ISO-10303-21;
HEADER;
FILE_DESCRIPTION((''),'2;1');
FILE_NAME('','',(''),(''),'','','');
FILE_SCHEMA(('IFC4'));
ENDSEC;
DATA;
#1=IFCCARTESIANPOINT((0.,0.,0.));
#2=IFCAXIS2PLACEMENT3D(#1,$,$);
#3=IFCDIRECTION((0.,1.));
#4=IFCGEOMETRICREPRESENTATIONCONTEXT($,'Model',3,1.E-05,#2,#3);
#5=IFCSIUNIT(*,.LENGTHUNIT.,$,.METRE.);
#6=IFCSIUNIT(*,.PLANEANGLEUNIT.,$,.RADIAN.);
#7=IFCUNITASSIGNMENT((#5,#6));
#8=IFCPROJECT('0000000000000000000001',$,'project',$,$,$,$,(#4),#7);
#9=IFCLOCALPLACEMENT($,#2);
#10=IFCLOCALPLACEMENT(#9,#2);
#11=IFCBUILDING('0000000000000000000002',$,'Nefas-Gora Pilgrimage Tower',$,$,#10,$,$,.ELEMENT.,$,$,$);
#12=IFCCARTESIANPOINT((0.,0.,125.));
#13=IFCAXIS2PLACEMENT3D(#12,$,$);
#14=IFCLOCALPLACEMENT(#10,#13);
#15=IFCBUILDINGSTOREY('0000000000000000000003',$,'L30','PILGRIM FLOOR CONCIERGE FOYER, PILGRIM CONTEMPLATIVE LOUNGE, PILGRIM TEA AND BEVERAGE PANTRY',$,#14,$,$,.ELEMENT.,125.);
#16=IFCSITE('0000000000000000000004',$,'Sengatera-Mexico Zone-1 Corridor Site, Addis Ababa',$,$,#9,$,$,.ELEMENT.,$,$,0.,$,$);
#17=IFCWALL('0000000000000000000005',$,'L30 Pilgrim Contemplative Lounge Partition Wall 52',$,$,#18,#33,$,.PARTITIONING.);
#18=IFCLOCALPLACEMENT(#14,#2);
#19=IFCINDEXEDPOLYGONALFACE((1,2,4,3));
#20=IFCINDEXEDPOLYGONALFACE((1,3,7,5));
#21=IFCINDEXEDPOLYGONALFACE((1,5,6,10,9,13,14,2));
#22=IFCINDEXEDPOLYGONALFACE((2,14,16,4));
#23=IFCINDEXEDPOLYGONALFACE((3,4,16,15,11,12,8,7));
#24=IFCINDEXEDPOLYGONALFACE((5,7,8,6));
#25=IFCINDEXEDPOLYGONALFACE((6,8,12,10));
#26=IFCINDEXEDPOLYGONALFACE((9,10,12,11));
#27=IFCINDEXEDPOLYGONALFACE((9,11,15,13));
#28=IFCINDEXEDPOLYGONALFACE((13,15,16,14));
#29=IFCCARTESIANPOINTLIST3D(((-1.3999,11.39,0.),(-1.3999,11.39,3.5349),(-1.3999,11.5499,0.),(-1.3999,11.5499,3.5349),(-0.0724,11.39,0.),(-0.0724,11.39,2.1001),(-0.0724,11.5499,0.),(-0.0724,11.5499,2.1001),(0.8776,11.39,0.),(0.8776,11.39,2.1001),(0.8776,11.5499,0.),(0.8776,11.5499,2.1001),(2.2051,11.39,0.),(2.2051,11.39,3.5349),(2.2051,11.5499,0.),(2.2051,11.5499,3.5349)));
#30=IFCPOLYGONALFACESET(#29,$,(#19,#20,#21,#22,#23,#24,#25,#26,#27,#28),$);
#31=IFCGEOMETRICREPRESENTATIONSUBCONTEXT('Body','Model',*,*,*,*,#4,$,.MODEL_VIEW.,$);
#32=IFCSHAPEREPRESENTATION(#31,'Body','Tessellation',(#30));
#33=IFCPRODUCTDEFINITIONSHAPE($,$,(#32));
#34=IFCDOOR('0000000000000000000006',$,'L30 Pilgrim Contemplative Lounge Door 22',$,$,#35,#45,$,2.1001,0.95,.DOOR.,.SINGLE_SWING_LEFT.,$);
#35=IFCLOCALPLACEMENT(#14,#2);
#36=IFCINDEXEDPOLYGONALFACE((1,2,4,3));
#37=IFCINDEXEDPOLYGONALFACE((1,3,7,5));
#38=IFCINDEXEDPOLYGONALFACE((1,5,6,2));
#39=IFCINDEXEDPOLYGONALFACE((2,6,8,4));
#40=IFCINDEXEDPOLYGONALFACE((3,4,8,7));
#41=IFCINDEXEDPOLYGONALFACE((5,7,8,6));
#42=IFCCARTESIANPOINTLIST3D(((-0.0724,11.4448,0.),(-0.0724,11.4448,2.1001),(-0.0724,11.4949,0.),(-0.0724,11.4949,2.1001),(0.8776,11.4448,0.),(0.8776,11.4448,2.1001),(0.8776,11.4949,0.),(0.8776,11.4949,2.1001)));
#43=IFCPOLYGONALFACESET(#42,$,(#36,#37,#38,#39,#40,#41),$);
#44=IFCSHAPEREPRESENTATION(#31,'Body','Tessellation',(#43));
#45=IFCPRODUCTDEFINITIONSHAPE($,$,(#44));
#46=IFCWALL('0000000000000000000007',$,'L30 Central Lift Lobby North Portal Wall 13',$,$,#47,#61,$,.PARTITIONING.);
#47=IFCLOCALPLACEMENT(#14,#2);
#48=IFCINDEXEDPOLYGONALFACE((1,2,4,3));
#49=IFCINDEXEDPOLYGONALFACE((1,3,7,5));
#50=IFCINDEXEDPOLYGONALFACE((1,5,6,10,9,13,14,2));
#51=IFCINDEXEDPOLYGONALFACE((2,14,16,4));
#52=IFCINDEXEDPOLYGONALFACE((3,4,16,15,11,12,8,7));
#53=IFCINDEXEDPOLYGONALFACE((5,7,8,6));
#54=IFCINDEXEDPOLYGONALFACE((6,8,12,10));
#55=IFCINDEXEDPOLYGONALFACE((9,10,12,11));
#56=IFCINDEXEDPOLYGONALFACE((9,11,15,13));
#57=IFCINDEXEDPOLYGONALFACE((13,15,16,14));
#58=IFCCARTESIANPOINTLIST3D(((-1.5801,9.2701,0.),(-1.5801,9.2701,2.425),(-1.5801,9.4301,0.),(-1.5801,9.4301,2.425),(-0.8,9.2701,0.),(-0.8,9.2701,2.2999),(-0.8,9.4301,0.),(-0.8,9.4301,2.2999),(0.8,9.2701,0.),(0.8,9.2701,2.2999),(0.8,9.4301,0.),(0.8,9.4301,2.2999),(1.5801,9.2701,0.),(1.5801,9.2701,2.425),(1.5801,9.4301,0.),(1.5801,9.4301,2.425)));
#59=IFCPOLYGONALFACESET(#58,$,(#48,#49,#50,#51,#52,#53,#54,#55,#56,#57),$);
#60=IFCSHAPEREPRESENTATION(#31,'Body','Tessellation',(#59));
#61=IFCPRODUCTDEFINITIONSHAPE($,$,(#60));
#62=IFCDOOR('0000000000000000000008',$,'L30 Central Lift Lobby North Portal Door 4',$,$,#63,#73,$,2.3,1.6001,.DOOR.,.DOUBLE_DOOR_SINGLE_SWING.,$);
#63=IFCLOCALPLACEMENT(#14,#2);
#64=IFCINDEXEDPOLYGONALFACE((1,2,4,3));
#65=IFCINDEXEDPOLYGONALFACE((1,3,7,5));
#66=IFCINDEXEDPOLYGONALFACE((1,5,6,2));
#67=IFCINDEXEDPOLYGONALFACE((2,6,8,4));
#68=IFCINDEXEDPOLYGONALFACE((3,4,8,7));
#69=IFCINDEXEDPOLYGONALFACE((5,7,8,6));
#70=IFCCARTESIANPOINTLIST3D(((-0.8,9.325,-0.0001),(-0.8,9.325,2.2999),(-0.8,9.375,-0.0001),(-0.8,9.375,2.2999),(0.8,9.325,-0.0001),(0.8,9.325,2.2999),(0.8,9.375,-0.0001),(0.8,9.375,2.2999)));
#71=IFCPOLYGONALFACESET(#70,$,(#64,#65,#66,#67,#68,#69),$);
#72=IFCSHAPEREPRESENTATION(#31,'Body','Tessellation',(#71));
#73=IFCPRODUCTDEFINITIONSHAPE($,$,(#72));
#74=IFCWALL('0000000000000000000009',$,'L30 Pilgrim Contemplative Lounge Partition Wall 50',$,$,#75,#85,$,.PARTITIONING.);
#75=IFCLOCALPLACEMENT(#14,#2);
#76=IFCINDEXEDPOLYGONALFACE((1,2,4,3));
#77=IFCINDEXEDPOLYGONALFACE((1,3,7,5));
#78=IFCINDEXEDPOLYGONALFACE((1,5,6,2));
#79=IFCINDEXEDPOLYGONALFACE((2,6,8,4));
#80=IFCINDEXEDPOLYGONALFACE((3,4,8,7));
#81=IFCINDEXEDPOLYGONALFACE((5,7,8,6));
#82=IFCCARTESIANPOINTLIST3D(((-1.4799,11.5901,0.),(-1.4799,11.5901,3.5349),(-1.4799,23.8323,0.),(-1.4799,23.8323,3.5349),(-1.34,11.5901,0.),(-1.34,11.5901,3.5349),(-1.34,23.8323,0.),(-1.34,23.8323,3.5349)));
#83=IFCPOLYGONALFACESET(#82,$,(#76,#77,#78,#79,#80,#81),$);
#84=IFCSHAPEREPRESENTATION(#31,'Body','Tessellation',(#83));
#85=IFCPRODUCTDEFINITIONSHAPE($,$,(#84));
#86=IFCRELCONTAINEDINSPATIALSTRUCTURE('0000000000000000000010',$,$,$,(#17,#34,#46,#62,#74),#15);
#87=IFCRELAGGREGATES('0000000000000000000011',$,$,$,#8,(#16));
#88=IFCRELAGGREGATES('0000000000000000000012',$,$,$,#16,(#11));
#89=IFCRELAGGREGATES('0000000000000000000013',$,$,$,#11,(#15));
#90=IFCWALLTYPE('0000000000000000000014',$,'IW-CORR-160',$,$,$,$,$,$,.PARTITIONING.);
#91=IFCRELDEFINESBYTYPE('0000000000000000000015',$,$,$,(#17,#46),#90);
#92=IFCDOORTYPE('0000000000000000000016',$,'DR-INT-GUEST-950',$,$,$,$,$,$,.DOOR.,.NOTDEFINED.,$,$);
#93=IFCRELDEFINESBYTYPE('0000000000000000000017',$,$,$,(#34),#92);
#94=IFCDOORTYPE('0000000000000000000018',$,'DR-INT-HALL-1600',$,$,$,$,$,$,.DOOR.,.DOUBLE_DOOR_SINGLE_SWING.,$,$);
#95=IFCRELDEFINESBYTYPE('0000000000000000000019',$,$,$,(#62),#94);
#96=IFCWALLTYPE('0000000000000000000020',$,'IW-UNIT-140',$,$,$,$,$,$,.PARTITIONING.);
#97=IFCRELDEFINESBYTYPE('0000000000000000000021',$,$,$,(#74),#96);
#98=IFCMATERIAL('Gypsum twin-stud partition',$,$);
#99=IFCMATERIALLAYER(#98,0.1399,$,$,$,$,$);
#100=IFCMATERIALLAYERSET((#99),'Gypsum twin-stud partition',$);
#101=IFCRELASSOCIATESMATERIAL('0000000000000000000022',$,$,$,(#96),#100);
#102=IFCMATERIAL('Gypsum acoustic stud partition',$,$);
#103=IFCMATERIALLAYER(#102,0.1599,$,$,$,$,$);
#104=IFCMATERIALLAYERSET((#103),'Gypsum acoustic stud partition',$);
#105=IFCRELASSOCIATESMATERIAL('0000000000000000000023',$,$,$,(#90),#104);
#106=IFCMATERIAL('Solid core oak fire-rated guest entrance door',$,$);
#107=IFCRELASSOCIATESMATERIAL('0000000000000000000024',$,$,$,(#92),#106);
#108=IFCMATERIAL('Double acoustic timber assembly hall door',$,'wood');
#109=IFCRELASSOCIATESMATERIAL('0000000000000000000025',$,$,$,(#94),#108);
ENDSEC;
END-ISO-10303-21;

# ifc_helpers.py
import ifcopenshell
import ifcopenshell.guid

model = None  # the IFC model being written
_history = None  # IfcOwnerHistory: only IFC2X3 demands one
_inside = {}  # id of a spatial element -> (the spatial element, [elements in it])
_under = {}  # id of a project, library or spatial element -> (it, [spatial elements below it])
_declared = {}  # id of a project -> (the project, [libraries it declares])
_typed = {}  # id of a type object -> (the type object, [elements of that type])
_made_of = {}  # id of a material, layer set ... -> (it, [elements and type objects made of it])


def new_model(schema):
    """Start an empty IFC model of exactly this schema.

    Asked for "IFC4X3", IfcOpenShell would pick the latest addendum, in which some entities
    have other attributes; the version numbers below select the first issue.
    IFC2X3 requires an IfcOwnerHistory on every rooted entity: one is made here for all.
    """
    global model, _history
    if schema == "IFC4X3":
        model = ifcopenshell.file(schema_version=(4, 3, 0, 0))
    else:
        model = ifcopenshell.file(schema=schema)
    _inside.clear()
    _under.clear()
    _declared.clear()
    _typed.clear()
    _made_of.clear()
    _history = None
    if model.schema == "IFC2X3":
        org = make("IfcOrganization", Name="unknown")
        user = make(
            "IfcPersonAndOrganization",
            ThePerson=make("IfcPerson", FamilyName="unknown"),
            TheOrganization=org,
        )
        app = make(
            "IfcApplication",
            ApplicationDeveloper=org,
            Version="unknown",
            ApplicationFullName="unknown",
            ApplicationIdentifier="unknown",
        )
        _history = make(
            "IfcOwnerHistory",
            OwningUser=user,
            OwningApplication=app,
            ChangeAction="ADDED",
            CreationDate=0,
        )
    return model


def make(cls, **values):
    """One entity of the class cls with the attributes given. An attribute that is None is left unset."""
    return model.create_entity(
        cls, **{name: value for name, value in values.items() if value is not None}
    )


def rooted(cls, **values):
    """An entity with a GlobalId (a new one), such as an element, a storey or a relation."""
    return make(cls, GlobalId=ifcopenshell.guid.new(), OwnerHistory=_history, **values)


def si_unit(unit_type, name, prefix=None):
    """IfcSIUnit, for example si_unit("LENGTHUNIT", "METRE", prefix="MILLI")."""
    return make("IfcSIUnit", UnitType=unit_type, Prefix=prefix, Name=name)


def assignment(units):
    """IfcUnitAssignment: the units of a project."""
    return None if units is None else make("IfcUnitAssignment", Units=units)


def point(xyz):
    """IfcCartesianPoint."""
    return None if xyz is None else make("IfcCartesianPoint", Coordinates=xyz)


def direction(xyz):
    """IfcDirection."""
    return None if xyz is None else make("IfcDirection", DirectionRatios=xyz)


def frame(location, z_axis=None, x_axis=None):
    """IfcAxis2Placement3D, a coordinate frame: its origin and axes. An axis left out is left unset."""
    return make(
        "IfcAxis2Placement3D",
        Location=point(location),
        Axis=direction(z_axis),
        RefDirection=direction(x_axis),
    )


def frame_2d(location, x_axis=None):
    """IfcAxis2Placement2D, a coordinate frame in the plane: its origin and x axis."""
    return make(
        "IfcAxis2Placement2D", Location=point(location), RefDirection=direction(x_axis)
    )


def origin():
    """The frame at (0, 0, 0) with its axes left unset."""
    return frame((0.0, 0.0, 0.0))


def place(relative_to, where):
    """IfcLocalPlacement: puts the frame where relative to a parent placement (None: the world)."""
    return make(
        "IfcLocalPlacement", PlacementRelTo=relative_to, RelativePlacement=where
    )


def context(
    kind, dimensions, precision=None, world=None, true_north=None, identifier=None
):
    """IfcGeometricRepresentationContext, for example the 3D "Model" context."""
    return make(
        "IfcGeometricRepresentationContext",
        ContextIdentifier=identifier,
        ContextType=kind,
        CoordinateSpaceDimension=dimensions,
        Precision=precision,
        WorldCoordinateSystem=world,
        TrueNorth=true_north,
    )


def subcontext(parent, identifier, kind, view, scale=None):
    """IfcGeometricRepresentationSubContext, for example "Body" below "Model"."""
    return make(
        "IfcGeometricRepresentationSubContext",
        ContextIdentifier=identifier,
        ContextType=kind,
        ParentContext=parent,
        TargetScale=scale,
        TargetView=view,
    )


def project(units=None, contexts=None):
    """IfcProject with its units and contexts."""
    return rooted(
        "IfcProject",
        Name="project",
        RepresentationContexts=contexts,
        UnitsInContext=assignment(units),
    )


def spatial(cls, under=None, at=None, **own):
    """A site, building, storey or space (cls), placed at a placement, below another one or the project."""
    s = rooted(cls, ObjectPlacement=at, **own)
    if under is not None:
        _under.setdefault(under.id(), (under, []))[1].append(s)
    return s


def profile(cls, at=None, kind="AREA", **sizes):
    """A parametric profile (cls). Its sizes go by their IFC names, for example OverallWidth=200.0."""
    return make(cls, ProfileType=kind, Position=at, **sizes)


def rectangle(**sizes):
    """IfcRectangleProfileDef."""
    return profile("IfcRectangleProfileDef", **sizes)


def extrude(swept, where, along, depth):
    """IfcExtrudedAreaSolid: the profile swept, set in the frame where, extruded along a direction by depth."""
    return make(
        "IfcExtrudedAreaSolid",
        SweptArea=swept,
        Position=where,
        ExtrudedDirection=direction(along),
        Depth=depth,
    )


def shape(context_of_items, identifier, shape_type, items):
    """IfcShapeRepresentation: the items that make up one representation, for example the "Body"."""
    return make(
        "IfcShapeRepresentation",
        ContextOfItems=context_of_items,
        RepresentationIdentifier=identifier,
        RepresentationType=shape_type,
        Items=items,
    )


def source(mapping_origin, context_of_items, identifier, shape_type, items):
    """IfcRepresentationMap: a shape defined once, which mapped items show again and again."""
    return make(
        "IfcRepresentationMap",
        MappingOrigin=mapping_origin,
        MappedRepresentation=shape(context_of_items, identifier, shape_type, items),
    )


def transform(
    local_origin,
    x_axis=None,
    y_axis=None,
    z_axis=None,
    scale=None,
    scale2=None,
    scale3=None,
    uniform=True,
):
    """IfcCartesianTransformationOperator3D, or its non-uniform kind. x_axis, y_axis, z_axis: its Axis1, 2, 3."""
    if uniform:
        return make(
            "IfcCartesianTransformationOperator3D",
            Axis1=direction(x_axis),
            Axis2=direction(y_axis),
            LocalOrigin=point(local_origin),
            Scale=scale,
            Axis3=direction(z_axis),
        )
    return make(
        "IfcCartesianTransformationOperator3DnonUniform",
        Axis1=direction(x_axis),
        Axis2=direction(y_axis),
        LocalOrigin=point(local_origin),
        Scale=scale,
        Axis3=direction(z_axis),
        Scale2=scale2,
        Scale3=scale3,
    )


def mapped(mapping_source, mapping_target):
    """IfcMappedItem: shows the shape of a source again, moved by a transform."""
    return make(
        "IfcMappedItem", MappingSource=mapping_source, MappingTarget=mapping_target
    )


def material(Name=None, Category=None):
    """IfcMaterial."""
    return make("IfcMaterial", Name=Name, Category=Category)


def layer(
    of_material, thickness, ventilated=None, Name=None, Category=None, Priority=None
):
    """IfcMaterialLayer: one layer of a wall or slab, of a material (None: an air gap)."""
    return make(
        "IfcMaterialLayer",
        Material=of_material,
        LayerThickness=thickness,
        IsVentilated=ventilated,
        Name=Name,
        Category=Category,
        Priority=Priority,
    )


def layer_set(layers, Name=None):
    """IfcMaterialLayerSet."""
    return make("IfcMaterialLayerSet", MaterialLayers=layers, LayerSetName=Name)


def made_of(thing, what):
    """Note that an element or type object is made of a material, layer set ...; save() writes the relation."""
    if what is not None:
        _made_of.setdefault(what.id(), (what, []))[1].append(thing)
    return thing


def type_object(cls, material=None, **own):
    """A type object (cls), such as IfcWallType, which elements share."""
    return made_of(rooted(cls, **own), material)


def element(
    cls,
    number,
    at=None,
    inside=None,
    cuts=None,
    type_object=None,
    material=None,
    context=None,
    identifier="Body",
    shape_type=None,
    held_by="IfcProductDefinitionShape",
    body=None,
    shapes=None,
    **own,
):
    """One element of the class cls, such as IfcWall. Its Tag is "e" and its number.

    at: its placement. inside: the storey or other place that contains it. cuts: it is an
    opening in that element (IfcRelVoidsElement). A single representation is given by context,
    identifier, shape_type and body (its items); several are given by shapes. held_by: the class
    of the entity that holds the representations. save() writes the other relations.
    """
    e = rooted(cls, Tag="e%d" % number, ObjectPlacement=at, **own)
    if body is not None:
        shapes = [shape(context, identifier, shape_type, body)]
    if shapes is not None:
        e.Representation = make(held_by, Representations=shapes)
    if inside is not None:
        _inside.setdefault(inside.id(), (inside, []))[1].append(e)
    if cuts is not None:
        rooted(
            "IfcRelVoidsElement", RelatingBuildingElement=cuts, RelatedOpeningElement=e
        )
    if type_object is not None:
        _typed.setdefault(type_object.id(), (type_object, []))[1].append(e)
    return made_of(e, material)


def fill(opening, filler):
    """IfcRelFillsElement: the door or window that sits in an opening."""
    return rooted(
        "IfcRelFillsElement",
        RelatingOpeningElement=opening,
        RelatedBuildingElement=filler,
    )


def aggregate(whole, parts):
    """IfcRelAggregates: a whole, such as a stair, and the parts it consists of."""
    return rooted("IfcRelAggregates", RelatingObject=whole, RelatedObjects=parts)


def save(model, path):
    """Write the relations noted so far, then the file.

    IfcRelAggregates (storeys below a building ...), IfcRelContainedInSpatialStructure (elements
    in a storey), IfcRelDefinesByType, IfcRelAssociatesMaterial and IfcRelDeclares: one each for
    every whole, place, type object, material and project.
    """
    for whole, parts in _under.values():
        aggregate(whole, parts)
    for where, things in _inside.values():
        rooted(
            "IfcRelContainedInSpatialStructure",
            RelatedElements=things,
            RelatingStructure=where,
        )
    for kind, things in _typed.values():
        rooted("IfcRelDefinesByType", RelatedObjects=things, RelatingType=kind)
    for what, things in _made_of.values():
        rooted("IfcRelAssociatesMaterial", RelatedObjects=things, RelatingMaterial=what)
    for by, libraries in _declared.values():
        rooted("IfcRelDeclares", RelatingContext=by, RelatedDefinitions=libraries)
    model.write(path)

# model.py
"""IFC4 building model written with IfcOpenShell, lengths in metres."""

from ifc_helpers import new_model, si_unit, direction, frame, frame_2d, origin, place, context, subcontext, project, spatial, rectangle, extrude, source, transform, mapped, material, layer, layer_set, type_object, element, fill, save


model = new_model("IFC4")

# Units and contexts
model_context = context("Model", 3, precision=1e-05, world=origin(), true_north=direction((0.0, 1.0)))
body_context = subcontext(model_context, "Body", "Model", "MODEL_VIEW")
ifc_project = project(units=[si_unit("LENGTHUNIT", "METRE"), si_unit("PLANEANGLEUNIT", "RADIAN")], contexts=[model_context])

# Site, building, storey
site_placement = place(None, origin())
site = spatial("IfcSite", under=ifc_project, at=site_placement, Name="Sengatera-Mexico Zone-1 Corridor Site, Addis Ababa", CompositionType="ELEMENT", RefElevation=0.0)
building_placement = place(site_placement, origin())
building = spatial("IfcBuilding", under=site, at=building_placement, Name="Nefas-Gora Pilgrimage Tower", CompositionType="ELEMENT")
storey_placement = place(building_placement, frame((0.0, 0.0, 125.0)))
storey = spatial("IfcBuildingStorey", under=building, at=storey_placement, Name="L30", Description="PILGRIM FLOOR CONCIERGE FOYER, PILGRIM CONTEMPLATIVE LOUNGE, PILGRIM TEA AND BEVERAGE PANTRY", CompositionType="ELEMENT", Elevation=125.0)

# Shared definitions
ifc_material_1 = material(Name="Gypsum twin-stud partition")
ifc_layer_1 = layer(ifc_material_1, 0.1399)
ifc_layer_set_1 = layer_set([ifc_layer_1], Name="Gypsum twin-stud partition")
wall_type_1 = type_object("IfcWallType", Name="IW-UNIT-140", PredefinedType="PARTITIONING", material=ifc_layer_set_1)

# Walls, openings, doors
ifc_material_2 = material(Name="Gypsum acoustic stud partition")
ifc_layer_2 = layer(ifc_material_2, 0.1599)
ifc_layer_set_2 = layer_set([ifc_layer_2], Name="Gypsum acoustic stud partition")
wall_type_2 = type_object("IfcWallType", Name="IW-CORR-160", PredefinedType="PARTITIONING", material=ifc_layer_set_2)
shared_shape_1 = source(origin(), body_context, "Body", "SweptSolid", [
    extrude(rectangle(XDim=3.605, YDim=0.1599, at=frame_2d((1.8025, 0.0))), origin(), (0.0, 0.0, 1.0), 3.5349),
])
ifc_material_3 = material(Name="Solid core oak fire-rated guest entrance door")
door_type_1 = type_object("IfcDoorType", Name="DR-INT-GUEST-950", OperationType="NOTDEFINED", PredefinedType="DOOR", material=ifc_material_3)
shared_shape_2 = source(origin(), body_context, "Body", "SweptSolid", [
    extrude(rectangle(XDim=0.95, YDim=2.1001, at=frame_2d((0.4751, 1.05))), frame((0.0, 0.0249, 0.0), z_axis=(0.0, -1.0, 0.0), x_axis=(1.0, 0.0, 0.0)), (0.0, 0.0, 1.0), 0.05),
])
wall_1_placement = place(storey_placement, frame((-1.3999, 11.47, 0.0), z_axis=(0.0, 0.0, 1.0), x_axis=(1.0, 0.0, 0.0)))
wall_1 = element("IfcWall", 1, at=wall_1_placement, inside=storey, type_object=wall_type_2, Name="L30 Pilgrim Contemplative Lounge Partition Wall 52", PredefinedType="PARTITIONING", context=body_context, shape_type="MappedRepresentation", body=[
    mapped(shared_shape_1, transform((0.0, 0.0, 0.0), x_axis=(1.0, 0.0, 0.0), y_axis=(0.0, 1.0, 0.0), z_axis=(0.0, 0.0, 1.0), scale=1.0)),
])
opening_1_placement = place(wall_1_placement, frame((1.3274, 0.0, 0.0)))
opening_1 = element("IfcOpeningElement", 2, at=opening_1_placement, cuts=wall_1, PredefinedType="OPENING", context=body_context, shape_type="SweptSolid", body=[
    extrude(rectangle(XDim=0.95, YDim=2.1001, at=frame_2d((0.4751, 1.05))), frame((0.0, 0.0898, 0.0), z_axis=(0.0, -1.0, 0.0), x_axis=(1.0, 0.0, 0.0)), (0.0, 0.0, 1.0), 0.1799),
])
door_1_placement = place(opening_1_placement, origin())
door_1 = element("IfcDoor", 3, at=door_1_placement, inside=storey, type_object=door_type_1, Name="L30 Pilgrim Contemplative Lounge Door 22", OperationType="SINGLE_SWING_LEFT", OverallHeight=2.1001, OverallWidth=0.95, PredefinedType="DOOR", context=body_context, shape_type="MappedRepresentation", body=[
    mapped(shared_shape_2, transform((0.0, 0.0, 0.0), x_axis=(1.0, 0.0, 0.0), y_axis=(0.0, 1.0, 0.0), z_axis=(0.0, 0.0, 1.0), scale=1.0)),
])
fill(opening_1, door_1)
shared_shape_3 = source(origin(), body_context, "Body", "SweptSolid", [
    extrude(rectangle(XDim=3.1602, YDim=0.1599, at=frame_2d((1.5801, 0.0))), origin(), (0.0, 0.0, 1.0), 2.425),
])
wall_2_placement = place(storey_placement, frame((-1.5801, 9.3501, 0.0), z_axis=(0.0, 0.0, 1.0), x_axis=(1.0, 0.0, 0.0)))
wall_2 = element("IfcWall", 4, at=wall_2_placement, inside=storey, type_object=wall_type_2, Name="L30 Central Lift Lobby North Portal Wall 13", PredefinedType="PARTITIONING", context=body_context, shape_type="MappedRepresentation", body=[
    mapped(shared_shape_3, transform((0.0, 0.0, 0.0), x_axis=(1.0, 0.0, 0.0), y_axis=(0.0, 1.0, 0.0), z_axis=(0.0, 0.0, 1.0), scale=1.0)),
])
opening_2_placement = place(wall_2_placement, frame((0.78, 0.0, 0.0)))
opening_2 = element("IfcOpeningElement", 5, at=opening_2_placement, cuts=wall_2, PredefinedType="OPENING", context=body_context, shape_type="SweptSolid", body=[
    extrude(rectangle(XDim=1.6001, YDim=2.3, at=frame_2d((0.8, 1.1499))), frame((0.0, 0.0898, 0.0), z_axis=(0.0, -1.0, 0.0), x_axis=(1.0, 0.0, 0.0)), (0.0, 0.0, 1.0), 0.1799),
])
ifc_material_4 = material(Name="Double acoustic timber assembly hall door", Category="wood")
door_type_2 = type_object("IfcDoorType", Name="DR-INT-HALL-1600", OperationType="DOUBLE_DOOR_SINGLE_SWING", PredefinedType="DOOR", material=ifc_material_4)
shared_shape_4 = source(origin(), body_context, "Body", "SweptSolid", [
    extrude(rectangle(XDim=1.6001, YDim=2.3, at=frame_2d((0.8, 1.1499))), frame((0.0, 0.0249, 0.0), z_axis=(0.0, -1.0, 0.0), x_axis=(1.0, 0.0, 0.0)), (0.0, 0.0, 1.0), 0.05),
])
door_2_placement = place(opening_2_placement, origin())
door_2 = element("IfcDoor", 6, at=door_2_placement, inside=storey, type_object=door_type_2, Name="L30 Central Lift Lobby North Portal Door 4", OperationType="DOUBLE_DOOR_SINGLE_SWING", OverallHeight=2.3, OverallWidth=1.6001, PredefinedType="DOOR", context=body_context, shape_type="MappedRepresentation", body=[
    mapped(shared_shape_4, transform((0.0, 0.0, 0.0), x_axis=(1.0, 0.0, 0.0), y_axis=(0.0, 1.0, 0.0), z_axis=(0.0, 0.0, 1.0), scale=1.0)),
])
fill(opening_2, door_2)

# Wall
shared_shape_5 = source(origin(), body_context, "Body", "SweptSolid", [
    extrude(rectangle(XDim=12.2422, YDim=0.1399, at=frame_2d((6.1211, 0.0))), origin(), (0.0, 0.0, 1.0), 3.5349),
])
wall_3_placement = place(storey_placement, frame((-1.4099, 11.5901, 0.0), z_axis=(0.0, 0.0, 1.0), x_axis=(0.0, 1.0, 0.0)))
element("IfcWall", 7, at=wall_3_placement, inside=storey, type_object=wall_type_1, Name="L30 Pilgrim Contemplative Lounge Partition Wall 50", PredefinedType="PARTITIONING", context=body_context, shape_type="MappedRepresentation", body=[
    mapped(shared_shape_5, transform((0.0, 0.0, 0.0), x_axis=(1.0, 0.0, 0.0), y_axis=(0.0, 1.0, 0.0), z_axis=(0.0, 0.0, 1.0), scale=1.0)),
])

save(model, "model.ifc")
